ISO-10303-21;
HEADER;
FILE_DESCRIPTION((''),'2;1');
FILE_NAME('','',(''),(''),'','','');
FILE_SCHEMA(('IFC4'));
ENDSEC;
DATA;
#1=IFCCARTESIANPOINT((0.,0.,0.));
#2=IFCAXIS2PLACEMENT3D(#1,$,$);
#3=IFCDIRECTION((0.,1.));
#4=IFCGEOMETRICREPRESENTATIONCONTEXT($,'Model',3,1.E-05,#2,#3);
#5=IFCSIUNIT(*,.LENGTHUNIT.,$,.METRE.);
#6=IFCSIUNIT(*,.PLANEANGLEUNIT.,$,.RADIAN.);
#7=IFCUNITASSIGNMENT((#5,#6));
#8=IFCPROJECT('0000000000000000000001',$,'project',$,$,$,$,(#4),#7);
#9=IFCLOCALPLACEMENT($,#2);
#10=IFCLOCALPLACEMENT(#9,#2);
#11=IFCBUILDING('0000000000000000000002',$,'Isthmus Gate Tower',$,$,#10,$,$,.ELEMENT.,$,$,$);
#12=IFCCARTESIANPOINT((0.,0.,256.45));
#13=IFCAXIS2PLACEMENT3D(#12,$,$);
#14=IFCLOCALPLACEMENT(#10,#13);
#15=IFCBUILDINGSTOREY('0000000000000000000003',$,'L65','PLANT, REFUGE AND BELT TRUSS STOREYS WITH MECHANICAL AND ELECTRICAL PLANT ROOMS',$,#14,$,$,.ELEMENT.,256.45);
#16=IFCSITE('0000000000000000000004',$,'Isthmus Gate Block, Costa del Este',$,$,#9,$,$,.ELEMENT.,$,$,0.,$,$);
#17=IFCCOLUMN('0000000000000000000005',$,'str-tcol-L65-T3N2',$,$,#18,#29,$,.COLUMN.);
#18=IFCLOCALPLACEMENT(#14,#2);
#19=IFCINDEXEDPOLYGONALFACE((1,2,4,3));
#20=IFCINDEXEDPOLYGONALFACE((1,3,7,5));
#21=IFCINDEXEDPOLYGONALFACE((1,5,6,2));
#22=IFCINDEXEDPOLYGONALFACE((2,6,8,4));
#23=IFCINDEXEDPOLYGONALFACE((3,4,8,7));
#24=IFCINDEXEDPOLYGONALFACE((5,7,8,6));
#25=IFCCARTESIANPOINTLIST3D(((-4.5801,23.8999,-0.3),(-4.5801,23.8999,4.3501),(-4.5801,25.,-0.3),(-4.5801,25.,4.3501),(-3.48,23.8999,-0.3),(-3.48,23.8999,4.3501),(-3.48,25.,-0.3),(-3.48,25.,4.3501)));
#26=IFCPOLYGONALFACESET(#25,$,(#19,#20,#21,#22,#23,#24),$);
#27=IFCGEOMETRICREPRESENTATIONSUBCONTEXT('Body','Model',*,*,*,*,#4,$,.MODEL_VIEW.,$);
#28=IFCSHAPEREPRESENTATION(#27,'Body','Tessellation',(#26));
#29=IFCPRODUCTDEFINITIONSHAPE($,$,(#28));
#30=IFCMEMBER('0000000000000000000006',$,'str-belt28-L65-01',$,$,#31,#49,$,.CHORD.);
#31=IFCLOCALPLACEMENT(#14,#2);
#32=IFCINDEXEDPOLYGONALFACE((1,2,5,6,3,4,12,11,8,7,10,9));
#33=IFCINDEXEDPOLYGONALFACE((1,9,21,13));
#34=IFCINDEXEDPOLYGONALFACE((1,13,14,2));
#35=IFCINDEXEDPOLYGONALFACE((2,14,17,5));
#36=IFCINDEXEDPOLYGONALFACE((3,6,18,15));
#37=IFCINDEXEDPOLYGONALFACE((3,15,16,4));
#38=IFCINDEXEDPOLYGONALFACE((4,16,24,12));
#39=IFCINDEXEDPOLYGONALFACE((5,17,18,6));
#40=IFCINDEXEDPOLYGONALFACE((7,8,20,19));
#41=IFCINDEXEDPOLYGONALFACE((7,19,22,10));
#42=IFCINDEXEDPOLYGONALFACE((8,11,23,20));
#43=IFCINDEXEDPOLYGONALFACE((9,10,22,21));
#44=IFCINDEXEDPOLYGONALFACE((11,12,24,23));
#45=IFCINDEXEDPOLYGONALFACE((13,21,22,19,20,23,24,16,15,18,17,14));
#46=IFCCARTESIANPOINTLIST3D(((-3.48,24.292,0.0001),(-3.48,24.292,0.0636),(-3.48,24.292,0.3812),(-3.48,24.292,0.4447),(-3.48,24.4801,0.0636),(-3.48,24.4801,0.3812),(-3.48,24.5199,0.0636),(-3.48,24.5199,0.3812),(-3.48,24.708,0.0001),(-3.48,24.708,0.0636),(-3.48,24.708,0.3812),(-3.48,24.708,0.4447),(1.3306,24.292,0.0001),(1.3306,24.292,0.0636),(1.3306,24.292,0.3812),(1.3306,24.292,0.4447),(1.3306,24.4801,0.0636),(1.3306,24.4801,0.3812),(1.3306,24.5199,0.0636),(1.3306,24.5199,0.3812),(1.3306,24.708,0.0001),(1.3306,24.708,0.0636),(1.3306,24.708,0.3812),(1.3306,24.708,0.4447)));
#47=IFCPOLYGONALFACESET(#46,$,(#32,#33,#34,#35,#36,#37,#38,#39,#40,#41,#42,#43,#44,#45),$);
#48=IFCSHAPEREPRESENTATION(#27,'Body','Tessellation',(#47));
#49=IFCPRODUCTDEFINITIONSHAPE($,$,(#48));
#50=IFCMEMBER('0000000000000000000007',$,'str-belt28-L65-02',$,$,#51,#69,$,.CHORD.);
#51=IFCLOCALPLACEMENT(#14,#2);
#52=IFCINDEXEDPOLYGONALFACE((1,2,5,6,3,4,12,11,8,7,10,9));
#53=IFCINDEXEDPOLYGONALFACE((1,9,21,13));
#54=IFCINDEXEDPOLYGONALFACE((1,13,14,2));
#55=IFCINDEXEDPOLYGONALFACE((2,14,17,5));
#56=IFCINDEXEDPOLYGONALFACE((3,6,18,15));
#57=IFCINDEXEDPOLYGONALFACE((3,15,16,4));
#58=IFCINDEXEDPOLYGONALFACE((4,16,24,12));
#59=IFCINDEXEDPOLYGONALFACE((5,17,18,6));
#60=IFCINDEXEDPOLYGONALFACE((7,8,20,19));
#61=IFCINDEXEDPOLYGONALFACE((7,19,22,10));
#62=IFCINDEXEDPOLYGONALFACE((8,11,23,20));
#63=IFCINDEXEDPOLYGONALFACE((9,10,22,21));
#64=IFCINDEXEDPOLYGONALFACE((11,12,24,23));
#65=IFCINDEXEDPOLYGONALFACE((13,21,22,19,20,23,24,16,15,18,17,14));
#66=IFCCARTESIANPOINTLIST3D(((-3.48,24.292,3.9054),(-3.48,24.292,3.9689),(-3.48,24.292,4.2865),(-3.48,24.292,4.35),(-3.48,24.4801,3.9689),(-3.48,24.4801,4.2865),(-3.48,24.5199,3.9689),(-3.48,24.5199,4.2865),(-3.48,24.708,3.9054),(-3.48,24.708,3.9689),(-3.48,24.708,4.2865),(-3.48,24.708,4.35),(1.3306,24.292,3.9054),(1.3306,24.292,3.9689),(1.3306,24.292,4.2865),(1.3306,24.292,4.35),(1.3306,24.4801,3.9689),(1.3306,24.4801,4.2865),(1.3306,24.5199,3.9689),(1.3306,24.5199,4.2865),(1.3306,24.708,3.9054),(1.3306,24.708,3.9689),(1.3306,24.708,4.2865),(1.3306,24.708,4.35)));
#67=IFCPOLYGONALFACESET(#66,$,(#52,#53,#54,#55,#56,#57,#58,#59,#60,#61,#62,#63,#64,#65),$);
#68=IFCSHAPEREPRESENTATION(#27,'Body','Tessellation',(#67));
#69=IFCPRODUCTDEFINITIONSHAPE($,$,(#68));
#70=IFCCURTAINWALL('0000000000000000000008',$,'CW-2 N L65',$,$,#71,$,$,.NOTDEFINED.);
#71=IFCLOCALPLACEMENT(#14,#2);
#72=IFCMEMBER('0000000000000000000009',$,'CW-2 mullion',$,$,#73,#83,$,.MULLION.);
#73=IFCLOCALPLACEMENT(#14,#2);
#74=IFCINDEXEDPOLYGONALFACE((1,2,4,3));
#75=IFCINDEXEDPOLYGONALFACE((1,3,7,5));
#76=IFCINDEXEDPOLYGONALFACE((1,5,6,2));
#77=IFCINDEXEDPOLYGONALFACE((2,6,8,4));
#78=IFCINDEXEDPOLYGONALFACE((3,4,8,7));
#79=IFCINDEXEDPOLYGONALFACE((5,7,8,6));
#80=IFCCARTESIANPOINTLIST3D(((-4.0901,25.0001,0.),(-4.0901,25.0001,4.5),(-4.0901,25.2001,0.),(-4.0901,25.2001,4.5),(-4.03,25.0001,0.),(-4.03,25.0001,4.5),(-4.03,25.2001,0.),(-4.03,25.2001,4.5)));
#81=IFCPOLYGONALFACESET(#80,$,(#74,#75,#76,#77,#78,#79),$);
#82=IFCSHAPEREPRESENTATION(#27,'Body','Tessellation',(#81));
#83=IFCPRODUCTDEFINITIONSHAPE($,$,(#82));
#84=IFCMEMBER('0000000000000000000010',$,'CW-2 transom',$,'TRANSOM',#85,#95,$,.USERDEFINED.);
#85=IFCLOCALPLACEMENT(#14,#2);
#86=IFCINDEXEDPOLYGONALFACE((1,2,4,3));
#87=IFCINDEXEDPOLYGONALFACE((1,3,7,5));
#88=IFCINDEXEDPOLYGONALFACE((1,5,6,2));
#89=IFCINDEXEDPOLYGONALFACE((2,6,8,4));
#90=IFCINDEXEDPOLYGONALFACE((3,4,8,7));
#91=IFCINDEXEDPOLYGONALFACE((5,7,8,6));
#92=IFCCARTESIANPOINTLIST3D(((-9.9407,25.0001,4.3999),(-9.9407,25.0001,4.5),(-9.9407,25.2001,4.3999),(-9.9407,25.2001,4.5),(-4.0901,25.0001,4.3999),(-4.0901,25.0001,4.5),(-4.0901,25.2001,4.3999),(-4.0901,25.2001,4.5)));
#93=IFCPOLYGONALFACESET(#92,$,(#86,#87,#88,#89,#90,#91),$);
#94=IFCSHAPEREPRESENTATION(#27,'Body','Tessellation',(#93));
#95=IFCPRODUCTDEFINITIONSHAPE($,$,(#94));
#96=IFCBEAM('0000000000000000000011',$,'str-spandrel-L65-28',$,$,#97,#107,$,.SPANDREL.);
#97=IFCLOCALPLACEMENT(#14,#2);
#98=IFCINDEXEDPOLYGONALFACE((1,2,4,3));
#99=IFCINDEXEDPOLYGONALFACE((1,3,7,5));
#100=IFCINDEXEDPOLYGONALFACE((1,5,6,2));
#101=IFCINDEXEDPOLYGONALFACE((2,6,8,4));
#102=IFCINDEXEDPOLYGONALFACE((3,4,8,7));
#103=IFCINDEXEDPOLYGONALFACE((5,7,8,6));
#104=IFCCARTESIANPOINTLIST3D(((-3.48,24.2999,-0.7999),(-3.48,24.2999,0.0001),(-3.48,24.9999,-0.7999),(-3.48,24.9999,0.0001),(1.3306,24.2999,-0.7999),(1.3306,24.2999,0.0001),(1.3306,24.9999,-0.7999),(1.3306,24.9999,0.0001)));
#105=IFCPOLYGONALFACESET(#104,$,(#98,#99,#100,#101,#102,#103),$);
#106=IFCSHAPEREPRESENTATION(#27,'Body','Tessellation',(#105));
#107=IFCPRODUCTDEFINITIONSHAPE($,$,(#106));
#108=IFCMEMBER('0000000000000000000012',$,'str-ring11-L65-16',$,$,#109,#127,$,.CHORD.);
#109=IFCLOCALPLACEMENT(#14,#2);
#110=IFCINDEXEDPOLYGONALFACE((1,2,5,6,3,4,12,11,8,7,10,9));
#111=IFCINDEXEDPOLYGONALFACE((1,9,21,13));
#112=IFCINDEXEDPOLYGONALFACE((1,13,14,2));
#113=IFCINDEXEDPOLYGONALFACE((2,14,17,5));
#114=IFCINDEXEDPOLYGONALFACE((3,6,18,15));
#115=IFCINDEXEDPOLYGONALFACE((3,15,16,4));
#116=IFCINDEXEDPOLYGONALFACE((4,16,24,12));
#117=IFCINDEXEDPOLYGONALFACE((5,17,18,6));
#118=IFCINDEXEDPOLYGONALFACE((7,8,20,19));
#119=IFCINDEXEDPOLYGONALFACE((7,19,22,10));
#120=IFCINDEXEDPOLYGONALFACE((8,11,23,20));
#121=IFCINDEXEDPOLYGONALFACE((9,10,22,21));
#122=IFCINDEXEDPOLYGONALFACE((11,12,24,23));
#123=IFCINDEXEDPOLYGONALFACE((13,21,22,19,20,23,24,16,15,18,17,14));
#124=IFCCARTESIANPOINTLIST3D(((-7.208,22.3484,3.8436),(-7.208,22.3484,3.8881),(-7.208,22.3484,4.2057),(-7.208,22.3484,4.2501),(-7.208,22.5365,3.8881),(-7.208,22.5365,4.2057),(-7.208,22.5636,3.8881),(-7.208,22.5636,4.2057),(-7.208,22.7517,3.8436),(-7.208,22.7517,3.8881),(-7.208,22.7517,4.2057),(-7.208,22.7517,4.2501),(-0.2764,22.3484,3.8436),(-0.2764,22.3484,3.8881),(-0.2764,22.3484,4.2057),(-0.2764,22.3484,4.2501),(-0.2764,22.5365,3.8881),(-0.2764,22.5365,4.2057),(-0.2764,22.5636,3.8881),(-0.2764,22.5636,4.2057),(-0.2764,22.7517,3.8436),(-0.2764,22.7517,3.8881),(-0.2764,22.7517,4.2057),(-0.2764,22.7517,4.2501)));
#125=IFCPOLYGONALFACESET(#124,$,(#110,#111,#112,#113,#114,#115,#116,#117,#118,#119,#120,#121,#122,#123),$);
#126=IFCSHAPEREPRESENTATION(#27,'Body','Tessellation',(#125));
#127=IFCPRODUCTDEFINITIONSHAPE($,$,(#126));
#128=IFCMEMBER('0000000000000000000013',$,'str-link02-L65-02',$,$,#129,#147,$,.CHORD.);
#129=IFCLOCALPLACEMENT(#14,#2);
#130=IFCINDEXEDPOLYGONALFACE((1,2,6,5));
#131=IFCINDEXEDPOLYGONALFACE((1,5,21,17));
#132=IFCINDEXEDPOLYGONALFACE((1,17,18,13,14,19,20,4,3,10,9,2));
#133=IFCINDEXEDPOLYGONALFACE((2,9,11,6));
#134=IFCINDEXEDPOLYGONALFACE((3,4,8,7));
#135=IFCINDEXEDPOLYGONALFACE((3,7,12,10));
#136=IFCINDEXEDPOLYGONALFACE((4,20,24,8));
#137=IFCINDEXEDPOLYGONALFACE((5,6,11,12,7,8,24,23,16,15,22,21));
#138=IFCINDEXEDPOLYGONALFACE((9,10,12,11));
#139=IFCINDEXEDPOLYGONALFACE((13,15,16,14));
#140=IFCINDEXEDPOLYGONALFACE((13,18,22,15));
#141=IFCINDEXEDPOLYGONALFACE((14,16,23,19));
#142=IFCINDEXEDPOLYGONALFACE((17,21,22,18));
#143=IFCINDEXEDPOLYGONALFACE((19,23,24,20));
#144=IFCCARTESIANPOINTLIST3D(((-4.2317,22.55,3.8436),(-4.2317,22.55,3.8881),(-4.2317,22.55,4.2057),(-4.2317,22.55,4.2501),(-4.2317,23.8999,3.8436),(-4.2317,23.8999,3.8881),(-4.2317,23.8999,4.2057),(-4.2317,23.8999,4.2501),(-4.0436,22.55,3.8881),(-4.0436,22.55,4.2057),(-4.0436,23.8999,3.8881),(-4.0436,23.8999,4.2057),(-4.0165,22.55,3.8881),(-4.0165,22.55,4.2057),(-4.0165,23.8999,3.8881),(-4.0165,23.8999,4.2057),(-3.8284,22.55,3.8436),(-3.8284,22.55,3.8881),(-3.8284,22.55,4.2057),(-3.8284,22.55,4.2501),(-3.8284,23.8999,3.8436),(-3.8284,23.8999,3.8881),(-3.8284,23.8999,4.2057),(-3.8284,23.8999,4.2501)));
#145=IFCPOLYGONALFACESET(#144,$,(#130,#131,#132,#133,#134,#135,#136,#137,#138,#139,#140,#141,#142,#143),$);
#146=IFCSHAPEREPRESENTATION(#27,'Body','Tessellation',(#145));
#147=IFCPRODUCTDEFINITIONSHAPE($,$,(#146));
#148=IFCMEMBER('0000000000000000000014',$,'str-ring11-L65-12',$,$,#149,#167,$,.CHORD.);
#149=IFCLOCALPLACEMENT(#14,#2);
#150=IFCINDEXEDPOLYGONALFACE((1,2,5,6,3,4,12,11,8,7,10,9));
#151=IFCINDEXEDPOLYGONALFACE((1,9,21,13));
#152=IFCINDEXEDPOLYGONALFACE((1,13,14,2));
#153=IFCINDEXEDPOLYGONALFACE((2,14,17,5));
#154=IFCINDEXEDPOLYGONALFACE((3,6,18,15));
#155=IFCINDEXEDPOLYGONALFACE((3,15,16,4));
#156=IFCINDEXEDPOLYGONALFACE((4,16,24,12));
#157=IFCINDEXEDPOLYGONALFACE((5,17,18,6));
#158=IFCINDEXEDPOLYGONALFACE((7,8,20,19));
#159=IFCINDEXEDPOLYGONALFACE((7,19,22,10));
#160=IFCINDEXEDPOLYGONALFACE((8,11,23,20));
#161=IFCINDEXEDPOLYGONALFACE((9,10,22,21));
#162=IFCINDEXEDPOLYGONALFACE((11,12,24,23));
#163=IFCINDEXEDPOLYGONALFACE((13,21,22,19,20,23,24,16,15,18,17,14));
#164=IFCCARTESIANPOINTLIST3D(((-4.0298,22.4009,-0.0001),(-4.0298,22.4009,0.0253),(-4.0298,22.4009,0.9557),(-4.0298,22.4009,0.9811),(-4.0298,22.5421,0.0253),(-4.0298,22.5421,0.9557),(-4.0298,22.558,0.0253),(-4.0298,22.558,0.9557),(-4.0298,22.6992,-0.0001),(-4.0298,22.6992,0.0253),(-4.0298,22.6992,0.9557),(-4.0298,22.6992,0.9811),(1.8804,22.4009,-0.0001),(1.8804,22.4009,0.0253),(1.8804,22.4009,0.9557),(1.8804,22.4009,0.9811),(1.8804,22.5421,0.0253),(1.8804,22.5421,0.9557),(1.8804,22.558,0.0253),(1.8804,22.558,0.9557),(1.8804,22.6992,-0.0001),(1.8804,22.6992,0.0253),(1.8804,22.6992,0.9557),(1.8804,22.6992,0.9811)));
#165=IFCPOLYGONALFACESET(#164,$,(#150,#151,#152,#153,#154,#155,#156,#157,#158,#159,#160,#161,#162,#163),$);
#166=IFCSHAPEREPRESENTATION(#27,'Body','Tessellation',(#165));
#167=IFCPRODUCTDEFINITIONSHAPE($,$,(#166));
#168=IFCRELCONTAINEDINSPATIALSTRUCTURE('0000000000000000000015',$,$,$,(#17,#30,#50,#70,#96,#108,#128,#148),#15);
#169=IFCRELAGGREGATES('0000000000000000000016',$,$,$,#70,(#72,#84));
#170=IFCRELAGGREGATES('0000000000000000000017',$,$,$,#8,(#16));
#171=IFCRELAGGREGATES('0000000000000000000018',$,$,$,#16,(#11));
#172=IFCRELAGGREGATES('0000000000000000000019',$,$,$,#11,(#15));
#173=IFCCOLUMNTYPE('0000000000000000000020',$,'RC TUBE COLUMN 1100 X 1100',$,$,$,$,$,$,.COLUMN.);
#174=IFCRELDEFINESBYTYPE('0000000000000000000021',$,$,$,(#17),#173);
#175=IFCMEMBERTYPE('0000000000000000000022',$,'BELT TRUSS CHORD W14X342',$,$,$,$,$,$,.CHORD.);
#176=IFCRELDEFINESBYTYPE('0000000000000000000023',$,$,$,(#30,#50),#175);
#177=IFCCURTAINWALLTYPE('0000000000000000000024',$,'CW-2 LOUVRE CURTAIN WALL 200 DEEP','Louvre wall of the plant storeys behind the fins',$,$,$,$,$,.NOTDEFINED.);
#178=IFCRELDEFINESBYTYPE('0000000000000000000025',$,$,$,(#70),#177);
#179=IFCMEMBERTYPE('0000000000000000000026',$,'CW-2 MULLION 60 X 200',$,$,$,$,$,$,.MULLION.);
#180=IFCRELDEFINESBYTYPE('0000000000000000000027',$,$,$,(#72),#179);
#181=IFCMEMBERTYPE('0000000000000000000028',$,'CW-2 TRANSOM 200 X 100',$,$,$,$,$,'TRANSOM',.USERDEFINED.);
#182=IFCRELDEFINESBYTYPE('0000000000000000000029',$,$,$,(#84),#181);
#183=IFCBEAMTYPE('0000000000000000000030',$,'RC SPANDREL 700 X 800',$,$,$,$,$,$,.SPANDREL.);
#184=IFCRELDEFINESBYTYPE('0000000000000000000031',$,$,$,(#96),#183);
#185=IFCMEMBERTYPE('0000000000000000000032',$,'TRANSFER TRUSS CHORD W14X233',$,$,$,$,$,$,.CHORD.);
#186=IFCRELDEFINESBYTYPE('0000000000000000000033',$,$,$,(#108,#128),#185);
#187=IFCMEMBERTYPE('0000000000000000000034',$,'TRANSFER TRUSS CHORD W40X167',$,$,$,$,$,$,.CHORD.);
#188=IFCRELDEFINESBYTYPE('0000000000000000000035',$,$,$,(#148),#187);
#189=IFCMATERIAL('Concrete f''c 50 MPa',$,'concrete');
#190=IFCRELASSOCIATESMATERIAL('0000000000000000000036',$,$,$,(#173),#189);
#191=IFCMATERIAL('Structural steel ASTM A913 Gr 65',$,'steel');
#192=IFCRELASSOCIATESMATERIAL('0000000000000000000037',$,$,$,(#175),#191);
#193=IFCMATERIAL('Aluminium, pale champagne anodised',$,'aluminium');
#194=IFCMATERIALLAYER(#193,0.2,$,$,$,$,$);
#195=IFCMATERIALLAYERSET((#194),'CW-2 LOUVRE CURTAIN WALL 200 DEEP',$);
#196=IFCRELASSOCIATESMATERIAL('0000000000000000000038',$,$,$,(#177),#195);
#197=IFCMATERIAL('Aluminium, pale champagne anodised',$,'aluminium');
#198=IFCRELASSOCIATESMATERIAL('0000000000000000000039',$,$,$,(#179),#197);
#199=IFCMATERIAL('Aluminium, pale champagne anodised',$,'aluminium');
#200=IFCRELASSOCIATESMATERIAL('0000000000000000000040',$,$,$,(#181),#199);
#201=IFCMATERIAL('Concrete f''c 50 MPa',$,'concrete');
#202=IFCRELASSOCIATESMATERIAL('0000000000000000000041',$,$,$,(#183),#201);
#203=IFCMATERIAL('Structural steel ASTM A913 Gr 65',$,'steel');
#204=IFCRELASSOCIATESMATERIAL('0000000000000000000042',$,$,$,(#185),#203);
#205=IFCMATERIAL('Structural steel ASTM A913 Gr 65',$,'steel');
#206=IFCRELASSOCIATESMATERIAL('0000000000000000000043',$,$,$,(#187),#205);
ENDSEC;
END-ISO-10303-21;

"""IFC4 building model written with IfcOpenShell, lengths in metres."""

from ifc_helpers import new_model, si_unit, direction, frame, origin, origin_2d, place, context, subcontext, project, spatial, rectangle, i_section, extrude, material, layer, layer_set, material_profile, profile_set, type_object, element, aggregate, save


model = new_model("IFC4")

# Units and contexts
model_context = context("Model", 3, precision=1e-05, world=origin(), true_north=direction((0.0, 1.0)))
body_context = subcontext(model_context, "Body", "Model", "MODEL_VIEW")
ifc_project = project(units=[si_unit("LENGTHUNIT", "METRE"), si_unit("PLANEANGLEUNIT", "RADIAN")], contexts=[model_context])

# Site, building, storey
site_placement = place(None, origin())
site = spatial("IfcSite", under=ifc_project, at=site_placement, Name="Isthmus Gate Block, Costa del Este", CompositionType="ELEMENT", RefElevation=0.0)
building_placement = place(site_placement, origin())
building = spatial("IfcBuilding", under=site, at=building_placement, Name="Isthmus Gate Tower", CompositionType="ELEMENT")
storey_placement = place(building_placement, frame((0.0, 0.0, 256.45)))
storey = spatial("IfcBuildingStorey", under=building, at=storey_placement, Name="L65", Description="PLANT, REFUGE AND BELT TRUSS STOREYS WITH MECHANICAL AND ELECTRICAL PLANT ROOMS", CompositionType="ELEMENT", Elevation=256.45)

# Column
ifc_material_1 = material(Name="Concrete f'c 50 MPa", Category="concrete")
ifc_material_profile_1 = material_profile(ifc_material_1, rectangle(XDim=1.1001, YDim=1.1001, at=origin_2d()), Name="RC 1100X1100")
ifc_profile_set_1 = profile_set([ifc_material_profile_1], Name="Concrete f'c 50 MPa")
column_type = type_object("IfcColumnType", Name="RC TUBE COLUMN 1100 X 1100", PredefinedType="COLUMN", material=ifc_profile_set_1)
column_placement = place(storey_placement, frame((-4.03, 24.45, -0.3), z_axis=(0.0, 0.0, 1.0), x_axis=(-1.0, 0.0, 0.0)))
element("IfcColumn", 1, at=column_placement, inside=storey, type_object=column_type, Name="str-tcol-L65-T3N2", PredefinedType="COLUMN", context=body_context, shape_type="SweptSolid", body=[
    extrude(rectangle(XDim=1.1001, YDim=1.1001, at=origin_2d()), origin(), (0.0, 0.0, 1.0), 4.6501),
])

# Members
ifc_material_2 = material(Name="Structural steel ASTM A913 Gr 65", Category="steel")
ifc_material_profile_2 = material_profile(ifc_material_2, i_section(OverallWidth=0.416, OverallDepth=0.4446, WebThickness=0.0398, FlangeThickness=0.0635, at=origin_2d()), Name="W14X342")
ifc_profile_set_2 = profile_set([ifc_material_profile_2], Name="Structural steel ASTM A913 Gr 65")
member_type_1 = type_object("IfcMemberType", Name="BELT TRUSS CHORD W14X342", PredefinedType="CHORD", material=ifc_profile_set_2)
for number, where, z_axis, x_axis, name in (
    (2, (-3.48, 24.5, 0.2224), (1.0, 0.0, 0.0), (0.0, 1.0, 0.0), "str-belt28-L65-01"),
    (3, (-3.48, 24.5, 4.1277), (1.0, 0.0, 0.0), (0.0, 1.0, 0.0), "str-belt28-L65-02"),
):
    element("IfcMember", number, at=place(storey_placement, frame(where, z_axis=z_axis, x_axis=x_axis)), inside=storey, type_object=member_type_1, Name=name, PredefinedType="CHORD", context=body_context, shape_type="SweptSolid", body=[
        extrude(i_section(OverallWidth=0.416, OverallDepth=0.4446, WebThickness=0.0398, FlangeThickness=0.0635, at=origin_2d()), origin(), (0.0, 0.0, 1.0), 4.8105),
    ])

# Curtain wall, members
ifc_material_3 = material(Name="Aluminium, pale champagne anodised", Category="aluminium")
ifc_layer_1 = layer(ifc_material_3, 0.2)
ifc_layer_set_1 = layer_set([ifc_layer_1], Name="CW-2 LOUVRE CURTAIN WALL 200 DEEP")
curtain_wall_type = type_object("IfcCurtainWallType", Name="CW-2 LOUVRE CURTAIN WALL 200 DEEP", Description="Louvre wall of the plant storeys behind the fins", PredefinedType="NOTDEFINED", material=ifc_layer_set_1)
curtain_wall_placement = place(storey_placement, origin())
curtain_wall = element("IfcCurtainWall", 4, at=curtain_wall_placement, inside=storey, type_object=curtain_wall_type, Name="CW-2 N L65", PredefinedType="NOTDEFINED")
ifc_material_4 = material(Name="Aluminium, pale champagne anodised", Category="aluminium")
ifc_material_profile_3 = material_profile(ifc_material_4, rectangle(XDim=0.0601, YDim=0.2, at=origin_2d()), Name="60x200")
ifc_profile_set_3 = profile_set([ifc_material_profile_3], Name="Aluminium, pale champagne anodised")
member_type_2 = type_object("IfcMemberType", Name="CW-2 MULLION 60 X 200", PredefinedType="MULLION", material=ifc_profile_set_3)
member_1_placement = place(storey_placement, frame((-4.0601, 25.1001, 0.0), z_axis=(0.0, 0.0, 1.0), x_axis=(-1.0, 0.0, 0.0)))
member_1 = element("IfcMember", 5, at=member_1_placement, type_object=member_type_2, Name="CW-2 mullion", PredefinedType="MULLION", context=body_context, shape_type="SweptSolid", body=[
    extrude(rectangle(XDim=0.0601, YDim=0.2, at=origin_2d()), origin(), (0.0, 0.0, 1.0), 4.5),
])
ifc_material_5 = material(Name="Aluminium, pale champagne anodised", Category="aluminium")
ifc_material_profile_4 = material_profile(ifc_material_5, rectangle(XDim=0.2, YDim=0.1001, at=origin_2d()), Name="200x100")
ifc_profile_set_4 = profile_set([ifc_material_profile_4], Name="Aluminium, pale champagne anodised")
member_type_3 = type_object("IfcMemberType", Name="CW-2 TRANSOM 200 X 100", ElementType="TRANSOM", PredefinedType="USERDEFINED", material=ifc_profile_set_4)
member_2_placement = place(storey_placement, frame((-4.0901, 25.1001, 4.45), z_axis=(-1.0, 0.0, 0.0), x_axis=(0.0, -1.0, 0.0)))
member_2 = element("IfcMember", 6, at=member_2_placement, type_object=member_type_3, Name="CW-2 transom", ObjectType="TRANSOM", PredefinedType="USERDEFINED", context=body_context, shape_type="SweptSolid", body=[
    extrude(rectangle(XDim=0.2, YDim=0.1001, at=origin_2d()), origin(), (0.0, 0.0, 1.0), 5.8506),
])

# Beam
ifc_material_6 = material(Name="Concrete f'c 50 MPa", Category="concrete")
ifc_material_profile_5 = material_profile(ifc_material_6, rectangle(XDim=0.7, YDim=0.8, at=origin_2d()), Name="RC 700X800")
ifc_profile_set_5 = profile_set([ifc_material_profile_5], Name="Concrete f'c 50 MPa")
beam_type = type_object("IfcBeamType", Name="RC SPANDREL 700 X 800", PredefinedType="SPANDREL", material=ifc_profile_set_5)
beam_placement = place(storey_placement, frame((-3.48, 24.6499, -0.3999), z_axis=(1.0, 0.0, 0.0), x_axis=(0.0, 1.0, 0.0)))
element("IfcBeam", 7, at=beam_placement, inside=storey, type_object=beam_type, Name="str-spandrel-L65-28", PredefinedType="SPANDREL", context=body_context, shape_type="SweptSolid", body=[
    extrude(rectangle(XDim=0.7, YDim=0.8, at=origin_2d()), origin(), (0.0, 0.0, 1.0), 4.8105),
])

# Members
ifc_material_7 = material(Name="Structural steel ASTM A913 Gr 65", Category="steel")
ifc_material_profile_6 = material_profile(ifc_material_7, i_section(OverallWidth=0.4033, OverallDepth=0.4065, WebThickness=0.0271, FlangeThickness=0.0444, at=origin_2d()), Name="W14X233")
ifc_profile_set_6 = profile_set([ifc_material_profile_6], Name="Structural steel ASTM A913 Gr 65")
member_type_4 = type_object("IfcMemberType", Name="TRANSFER TRUSS CHORD W14X233", PredefinedType="CHORD", material=ifc_profile_set_6)
member_3_placement = place(storey_placement, frame((-7.208, 22.55, 4.0469), z_axis=(1.0, 0.0, 0.0), x_axis=(0.0, 1.0, 0.0)))
element("IfcMember", 8, at=member_3_placement, inside=storey, type_object=member_type_4, Name="str-ring11-L65-16", PredefinedType="CHORD", context=body_context, shape_type="SweptSolid", body=[
    extrude(i_section(OverallWidth=0.4033, OverallDepth=0.4065, WebThickness=0.0271, FlangeThickness=0.0444, at=origin_2d()), origin(), (0.0, 0.0, 1.0), 6.9316),
])
member_4_placement = place(storey_placement, frame((-4.03, 23.8999, 4.0469), z_axis=(0.0, -1.0, 0.0), x_axis=(1.0, 0.0, 0.0)))
element("IfcMember", 9, at=member_4_placement, inside=storey, type_object=member_type_4, Name="str-link02-L65-02", PredefinedType="CHORD", context=body_context, shape_type="SweptSolid", body=[
    extrude(i_section(OverallWidth=0.4033, OverallDepth=0.4065, WebThickness=0.0271, FlangeThickness=0.0444, at=origin_2d()), origin(), (0.0, 0.0, 1.0), 1.3499),
])
ifc_material_8 = material(Name="Structural steel ASTM A913 Gr 65", Category="steel")
ifc_material_profile_7 = material_profile(ifc_material_8, i_section(OverallWidth=0.2983, OverallDepth=0.9812, WebThickness=0.0159, FlangeThickness=0.0254, at=origin_2d()), Name="W40X167")
ifc_profile_set_7 = profile_set([ifc_material_profile_7], Name="Structural steel ASTM A913 Gr 65")
member_type_5 = type_object("IfcMemberType", Name="TRANSFER TRUSS CHORD W40X167", PredefinedType="CHORD", material=ifc_profile_set_7)
member_5_placement = place(storey_placement, frame((-4.0298, 22.55, 0.4905), z_axis=(1.0, 0.0, 0.0), x_axis=(0.0, 1.0, 0.0)))
element("IfcMember", 10, at=member_5_placement, inside=storey, type_object=member_type_5, Name="str-ring11-L65-12", PredefinedType="CHORD", context=body_context, shape_type="SweptSolid", body=[
    extrude(i_section(OverallWidth=0.2983, OverallDepth=0.9812, WebThickness=0.0159, FlangeThickness=0.0254, at=origin_2d()), origin(), (0.0, 0.0, 1.0), 5.9102),
])

aggregate(curtain_wall, [member_1, member_2])

save(model, "model.ifc")
